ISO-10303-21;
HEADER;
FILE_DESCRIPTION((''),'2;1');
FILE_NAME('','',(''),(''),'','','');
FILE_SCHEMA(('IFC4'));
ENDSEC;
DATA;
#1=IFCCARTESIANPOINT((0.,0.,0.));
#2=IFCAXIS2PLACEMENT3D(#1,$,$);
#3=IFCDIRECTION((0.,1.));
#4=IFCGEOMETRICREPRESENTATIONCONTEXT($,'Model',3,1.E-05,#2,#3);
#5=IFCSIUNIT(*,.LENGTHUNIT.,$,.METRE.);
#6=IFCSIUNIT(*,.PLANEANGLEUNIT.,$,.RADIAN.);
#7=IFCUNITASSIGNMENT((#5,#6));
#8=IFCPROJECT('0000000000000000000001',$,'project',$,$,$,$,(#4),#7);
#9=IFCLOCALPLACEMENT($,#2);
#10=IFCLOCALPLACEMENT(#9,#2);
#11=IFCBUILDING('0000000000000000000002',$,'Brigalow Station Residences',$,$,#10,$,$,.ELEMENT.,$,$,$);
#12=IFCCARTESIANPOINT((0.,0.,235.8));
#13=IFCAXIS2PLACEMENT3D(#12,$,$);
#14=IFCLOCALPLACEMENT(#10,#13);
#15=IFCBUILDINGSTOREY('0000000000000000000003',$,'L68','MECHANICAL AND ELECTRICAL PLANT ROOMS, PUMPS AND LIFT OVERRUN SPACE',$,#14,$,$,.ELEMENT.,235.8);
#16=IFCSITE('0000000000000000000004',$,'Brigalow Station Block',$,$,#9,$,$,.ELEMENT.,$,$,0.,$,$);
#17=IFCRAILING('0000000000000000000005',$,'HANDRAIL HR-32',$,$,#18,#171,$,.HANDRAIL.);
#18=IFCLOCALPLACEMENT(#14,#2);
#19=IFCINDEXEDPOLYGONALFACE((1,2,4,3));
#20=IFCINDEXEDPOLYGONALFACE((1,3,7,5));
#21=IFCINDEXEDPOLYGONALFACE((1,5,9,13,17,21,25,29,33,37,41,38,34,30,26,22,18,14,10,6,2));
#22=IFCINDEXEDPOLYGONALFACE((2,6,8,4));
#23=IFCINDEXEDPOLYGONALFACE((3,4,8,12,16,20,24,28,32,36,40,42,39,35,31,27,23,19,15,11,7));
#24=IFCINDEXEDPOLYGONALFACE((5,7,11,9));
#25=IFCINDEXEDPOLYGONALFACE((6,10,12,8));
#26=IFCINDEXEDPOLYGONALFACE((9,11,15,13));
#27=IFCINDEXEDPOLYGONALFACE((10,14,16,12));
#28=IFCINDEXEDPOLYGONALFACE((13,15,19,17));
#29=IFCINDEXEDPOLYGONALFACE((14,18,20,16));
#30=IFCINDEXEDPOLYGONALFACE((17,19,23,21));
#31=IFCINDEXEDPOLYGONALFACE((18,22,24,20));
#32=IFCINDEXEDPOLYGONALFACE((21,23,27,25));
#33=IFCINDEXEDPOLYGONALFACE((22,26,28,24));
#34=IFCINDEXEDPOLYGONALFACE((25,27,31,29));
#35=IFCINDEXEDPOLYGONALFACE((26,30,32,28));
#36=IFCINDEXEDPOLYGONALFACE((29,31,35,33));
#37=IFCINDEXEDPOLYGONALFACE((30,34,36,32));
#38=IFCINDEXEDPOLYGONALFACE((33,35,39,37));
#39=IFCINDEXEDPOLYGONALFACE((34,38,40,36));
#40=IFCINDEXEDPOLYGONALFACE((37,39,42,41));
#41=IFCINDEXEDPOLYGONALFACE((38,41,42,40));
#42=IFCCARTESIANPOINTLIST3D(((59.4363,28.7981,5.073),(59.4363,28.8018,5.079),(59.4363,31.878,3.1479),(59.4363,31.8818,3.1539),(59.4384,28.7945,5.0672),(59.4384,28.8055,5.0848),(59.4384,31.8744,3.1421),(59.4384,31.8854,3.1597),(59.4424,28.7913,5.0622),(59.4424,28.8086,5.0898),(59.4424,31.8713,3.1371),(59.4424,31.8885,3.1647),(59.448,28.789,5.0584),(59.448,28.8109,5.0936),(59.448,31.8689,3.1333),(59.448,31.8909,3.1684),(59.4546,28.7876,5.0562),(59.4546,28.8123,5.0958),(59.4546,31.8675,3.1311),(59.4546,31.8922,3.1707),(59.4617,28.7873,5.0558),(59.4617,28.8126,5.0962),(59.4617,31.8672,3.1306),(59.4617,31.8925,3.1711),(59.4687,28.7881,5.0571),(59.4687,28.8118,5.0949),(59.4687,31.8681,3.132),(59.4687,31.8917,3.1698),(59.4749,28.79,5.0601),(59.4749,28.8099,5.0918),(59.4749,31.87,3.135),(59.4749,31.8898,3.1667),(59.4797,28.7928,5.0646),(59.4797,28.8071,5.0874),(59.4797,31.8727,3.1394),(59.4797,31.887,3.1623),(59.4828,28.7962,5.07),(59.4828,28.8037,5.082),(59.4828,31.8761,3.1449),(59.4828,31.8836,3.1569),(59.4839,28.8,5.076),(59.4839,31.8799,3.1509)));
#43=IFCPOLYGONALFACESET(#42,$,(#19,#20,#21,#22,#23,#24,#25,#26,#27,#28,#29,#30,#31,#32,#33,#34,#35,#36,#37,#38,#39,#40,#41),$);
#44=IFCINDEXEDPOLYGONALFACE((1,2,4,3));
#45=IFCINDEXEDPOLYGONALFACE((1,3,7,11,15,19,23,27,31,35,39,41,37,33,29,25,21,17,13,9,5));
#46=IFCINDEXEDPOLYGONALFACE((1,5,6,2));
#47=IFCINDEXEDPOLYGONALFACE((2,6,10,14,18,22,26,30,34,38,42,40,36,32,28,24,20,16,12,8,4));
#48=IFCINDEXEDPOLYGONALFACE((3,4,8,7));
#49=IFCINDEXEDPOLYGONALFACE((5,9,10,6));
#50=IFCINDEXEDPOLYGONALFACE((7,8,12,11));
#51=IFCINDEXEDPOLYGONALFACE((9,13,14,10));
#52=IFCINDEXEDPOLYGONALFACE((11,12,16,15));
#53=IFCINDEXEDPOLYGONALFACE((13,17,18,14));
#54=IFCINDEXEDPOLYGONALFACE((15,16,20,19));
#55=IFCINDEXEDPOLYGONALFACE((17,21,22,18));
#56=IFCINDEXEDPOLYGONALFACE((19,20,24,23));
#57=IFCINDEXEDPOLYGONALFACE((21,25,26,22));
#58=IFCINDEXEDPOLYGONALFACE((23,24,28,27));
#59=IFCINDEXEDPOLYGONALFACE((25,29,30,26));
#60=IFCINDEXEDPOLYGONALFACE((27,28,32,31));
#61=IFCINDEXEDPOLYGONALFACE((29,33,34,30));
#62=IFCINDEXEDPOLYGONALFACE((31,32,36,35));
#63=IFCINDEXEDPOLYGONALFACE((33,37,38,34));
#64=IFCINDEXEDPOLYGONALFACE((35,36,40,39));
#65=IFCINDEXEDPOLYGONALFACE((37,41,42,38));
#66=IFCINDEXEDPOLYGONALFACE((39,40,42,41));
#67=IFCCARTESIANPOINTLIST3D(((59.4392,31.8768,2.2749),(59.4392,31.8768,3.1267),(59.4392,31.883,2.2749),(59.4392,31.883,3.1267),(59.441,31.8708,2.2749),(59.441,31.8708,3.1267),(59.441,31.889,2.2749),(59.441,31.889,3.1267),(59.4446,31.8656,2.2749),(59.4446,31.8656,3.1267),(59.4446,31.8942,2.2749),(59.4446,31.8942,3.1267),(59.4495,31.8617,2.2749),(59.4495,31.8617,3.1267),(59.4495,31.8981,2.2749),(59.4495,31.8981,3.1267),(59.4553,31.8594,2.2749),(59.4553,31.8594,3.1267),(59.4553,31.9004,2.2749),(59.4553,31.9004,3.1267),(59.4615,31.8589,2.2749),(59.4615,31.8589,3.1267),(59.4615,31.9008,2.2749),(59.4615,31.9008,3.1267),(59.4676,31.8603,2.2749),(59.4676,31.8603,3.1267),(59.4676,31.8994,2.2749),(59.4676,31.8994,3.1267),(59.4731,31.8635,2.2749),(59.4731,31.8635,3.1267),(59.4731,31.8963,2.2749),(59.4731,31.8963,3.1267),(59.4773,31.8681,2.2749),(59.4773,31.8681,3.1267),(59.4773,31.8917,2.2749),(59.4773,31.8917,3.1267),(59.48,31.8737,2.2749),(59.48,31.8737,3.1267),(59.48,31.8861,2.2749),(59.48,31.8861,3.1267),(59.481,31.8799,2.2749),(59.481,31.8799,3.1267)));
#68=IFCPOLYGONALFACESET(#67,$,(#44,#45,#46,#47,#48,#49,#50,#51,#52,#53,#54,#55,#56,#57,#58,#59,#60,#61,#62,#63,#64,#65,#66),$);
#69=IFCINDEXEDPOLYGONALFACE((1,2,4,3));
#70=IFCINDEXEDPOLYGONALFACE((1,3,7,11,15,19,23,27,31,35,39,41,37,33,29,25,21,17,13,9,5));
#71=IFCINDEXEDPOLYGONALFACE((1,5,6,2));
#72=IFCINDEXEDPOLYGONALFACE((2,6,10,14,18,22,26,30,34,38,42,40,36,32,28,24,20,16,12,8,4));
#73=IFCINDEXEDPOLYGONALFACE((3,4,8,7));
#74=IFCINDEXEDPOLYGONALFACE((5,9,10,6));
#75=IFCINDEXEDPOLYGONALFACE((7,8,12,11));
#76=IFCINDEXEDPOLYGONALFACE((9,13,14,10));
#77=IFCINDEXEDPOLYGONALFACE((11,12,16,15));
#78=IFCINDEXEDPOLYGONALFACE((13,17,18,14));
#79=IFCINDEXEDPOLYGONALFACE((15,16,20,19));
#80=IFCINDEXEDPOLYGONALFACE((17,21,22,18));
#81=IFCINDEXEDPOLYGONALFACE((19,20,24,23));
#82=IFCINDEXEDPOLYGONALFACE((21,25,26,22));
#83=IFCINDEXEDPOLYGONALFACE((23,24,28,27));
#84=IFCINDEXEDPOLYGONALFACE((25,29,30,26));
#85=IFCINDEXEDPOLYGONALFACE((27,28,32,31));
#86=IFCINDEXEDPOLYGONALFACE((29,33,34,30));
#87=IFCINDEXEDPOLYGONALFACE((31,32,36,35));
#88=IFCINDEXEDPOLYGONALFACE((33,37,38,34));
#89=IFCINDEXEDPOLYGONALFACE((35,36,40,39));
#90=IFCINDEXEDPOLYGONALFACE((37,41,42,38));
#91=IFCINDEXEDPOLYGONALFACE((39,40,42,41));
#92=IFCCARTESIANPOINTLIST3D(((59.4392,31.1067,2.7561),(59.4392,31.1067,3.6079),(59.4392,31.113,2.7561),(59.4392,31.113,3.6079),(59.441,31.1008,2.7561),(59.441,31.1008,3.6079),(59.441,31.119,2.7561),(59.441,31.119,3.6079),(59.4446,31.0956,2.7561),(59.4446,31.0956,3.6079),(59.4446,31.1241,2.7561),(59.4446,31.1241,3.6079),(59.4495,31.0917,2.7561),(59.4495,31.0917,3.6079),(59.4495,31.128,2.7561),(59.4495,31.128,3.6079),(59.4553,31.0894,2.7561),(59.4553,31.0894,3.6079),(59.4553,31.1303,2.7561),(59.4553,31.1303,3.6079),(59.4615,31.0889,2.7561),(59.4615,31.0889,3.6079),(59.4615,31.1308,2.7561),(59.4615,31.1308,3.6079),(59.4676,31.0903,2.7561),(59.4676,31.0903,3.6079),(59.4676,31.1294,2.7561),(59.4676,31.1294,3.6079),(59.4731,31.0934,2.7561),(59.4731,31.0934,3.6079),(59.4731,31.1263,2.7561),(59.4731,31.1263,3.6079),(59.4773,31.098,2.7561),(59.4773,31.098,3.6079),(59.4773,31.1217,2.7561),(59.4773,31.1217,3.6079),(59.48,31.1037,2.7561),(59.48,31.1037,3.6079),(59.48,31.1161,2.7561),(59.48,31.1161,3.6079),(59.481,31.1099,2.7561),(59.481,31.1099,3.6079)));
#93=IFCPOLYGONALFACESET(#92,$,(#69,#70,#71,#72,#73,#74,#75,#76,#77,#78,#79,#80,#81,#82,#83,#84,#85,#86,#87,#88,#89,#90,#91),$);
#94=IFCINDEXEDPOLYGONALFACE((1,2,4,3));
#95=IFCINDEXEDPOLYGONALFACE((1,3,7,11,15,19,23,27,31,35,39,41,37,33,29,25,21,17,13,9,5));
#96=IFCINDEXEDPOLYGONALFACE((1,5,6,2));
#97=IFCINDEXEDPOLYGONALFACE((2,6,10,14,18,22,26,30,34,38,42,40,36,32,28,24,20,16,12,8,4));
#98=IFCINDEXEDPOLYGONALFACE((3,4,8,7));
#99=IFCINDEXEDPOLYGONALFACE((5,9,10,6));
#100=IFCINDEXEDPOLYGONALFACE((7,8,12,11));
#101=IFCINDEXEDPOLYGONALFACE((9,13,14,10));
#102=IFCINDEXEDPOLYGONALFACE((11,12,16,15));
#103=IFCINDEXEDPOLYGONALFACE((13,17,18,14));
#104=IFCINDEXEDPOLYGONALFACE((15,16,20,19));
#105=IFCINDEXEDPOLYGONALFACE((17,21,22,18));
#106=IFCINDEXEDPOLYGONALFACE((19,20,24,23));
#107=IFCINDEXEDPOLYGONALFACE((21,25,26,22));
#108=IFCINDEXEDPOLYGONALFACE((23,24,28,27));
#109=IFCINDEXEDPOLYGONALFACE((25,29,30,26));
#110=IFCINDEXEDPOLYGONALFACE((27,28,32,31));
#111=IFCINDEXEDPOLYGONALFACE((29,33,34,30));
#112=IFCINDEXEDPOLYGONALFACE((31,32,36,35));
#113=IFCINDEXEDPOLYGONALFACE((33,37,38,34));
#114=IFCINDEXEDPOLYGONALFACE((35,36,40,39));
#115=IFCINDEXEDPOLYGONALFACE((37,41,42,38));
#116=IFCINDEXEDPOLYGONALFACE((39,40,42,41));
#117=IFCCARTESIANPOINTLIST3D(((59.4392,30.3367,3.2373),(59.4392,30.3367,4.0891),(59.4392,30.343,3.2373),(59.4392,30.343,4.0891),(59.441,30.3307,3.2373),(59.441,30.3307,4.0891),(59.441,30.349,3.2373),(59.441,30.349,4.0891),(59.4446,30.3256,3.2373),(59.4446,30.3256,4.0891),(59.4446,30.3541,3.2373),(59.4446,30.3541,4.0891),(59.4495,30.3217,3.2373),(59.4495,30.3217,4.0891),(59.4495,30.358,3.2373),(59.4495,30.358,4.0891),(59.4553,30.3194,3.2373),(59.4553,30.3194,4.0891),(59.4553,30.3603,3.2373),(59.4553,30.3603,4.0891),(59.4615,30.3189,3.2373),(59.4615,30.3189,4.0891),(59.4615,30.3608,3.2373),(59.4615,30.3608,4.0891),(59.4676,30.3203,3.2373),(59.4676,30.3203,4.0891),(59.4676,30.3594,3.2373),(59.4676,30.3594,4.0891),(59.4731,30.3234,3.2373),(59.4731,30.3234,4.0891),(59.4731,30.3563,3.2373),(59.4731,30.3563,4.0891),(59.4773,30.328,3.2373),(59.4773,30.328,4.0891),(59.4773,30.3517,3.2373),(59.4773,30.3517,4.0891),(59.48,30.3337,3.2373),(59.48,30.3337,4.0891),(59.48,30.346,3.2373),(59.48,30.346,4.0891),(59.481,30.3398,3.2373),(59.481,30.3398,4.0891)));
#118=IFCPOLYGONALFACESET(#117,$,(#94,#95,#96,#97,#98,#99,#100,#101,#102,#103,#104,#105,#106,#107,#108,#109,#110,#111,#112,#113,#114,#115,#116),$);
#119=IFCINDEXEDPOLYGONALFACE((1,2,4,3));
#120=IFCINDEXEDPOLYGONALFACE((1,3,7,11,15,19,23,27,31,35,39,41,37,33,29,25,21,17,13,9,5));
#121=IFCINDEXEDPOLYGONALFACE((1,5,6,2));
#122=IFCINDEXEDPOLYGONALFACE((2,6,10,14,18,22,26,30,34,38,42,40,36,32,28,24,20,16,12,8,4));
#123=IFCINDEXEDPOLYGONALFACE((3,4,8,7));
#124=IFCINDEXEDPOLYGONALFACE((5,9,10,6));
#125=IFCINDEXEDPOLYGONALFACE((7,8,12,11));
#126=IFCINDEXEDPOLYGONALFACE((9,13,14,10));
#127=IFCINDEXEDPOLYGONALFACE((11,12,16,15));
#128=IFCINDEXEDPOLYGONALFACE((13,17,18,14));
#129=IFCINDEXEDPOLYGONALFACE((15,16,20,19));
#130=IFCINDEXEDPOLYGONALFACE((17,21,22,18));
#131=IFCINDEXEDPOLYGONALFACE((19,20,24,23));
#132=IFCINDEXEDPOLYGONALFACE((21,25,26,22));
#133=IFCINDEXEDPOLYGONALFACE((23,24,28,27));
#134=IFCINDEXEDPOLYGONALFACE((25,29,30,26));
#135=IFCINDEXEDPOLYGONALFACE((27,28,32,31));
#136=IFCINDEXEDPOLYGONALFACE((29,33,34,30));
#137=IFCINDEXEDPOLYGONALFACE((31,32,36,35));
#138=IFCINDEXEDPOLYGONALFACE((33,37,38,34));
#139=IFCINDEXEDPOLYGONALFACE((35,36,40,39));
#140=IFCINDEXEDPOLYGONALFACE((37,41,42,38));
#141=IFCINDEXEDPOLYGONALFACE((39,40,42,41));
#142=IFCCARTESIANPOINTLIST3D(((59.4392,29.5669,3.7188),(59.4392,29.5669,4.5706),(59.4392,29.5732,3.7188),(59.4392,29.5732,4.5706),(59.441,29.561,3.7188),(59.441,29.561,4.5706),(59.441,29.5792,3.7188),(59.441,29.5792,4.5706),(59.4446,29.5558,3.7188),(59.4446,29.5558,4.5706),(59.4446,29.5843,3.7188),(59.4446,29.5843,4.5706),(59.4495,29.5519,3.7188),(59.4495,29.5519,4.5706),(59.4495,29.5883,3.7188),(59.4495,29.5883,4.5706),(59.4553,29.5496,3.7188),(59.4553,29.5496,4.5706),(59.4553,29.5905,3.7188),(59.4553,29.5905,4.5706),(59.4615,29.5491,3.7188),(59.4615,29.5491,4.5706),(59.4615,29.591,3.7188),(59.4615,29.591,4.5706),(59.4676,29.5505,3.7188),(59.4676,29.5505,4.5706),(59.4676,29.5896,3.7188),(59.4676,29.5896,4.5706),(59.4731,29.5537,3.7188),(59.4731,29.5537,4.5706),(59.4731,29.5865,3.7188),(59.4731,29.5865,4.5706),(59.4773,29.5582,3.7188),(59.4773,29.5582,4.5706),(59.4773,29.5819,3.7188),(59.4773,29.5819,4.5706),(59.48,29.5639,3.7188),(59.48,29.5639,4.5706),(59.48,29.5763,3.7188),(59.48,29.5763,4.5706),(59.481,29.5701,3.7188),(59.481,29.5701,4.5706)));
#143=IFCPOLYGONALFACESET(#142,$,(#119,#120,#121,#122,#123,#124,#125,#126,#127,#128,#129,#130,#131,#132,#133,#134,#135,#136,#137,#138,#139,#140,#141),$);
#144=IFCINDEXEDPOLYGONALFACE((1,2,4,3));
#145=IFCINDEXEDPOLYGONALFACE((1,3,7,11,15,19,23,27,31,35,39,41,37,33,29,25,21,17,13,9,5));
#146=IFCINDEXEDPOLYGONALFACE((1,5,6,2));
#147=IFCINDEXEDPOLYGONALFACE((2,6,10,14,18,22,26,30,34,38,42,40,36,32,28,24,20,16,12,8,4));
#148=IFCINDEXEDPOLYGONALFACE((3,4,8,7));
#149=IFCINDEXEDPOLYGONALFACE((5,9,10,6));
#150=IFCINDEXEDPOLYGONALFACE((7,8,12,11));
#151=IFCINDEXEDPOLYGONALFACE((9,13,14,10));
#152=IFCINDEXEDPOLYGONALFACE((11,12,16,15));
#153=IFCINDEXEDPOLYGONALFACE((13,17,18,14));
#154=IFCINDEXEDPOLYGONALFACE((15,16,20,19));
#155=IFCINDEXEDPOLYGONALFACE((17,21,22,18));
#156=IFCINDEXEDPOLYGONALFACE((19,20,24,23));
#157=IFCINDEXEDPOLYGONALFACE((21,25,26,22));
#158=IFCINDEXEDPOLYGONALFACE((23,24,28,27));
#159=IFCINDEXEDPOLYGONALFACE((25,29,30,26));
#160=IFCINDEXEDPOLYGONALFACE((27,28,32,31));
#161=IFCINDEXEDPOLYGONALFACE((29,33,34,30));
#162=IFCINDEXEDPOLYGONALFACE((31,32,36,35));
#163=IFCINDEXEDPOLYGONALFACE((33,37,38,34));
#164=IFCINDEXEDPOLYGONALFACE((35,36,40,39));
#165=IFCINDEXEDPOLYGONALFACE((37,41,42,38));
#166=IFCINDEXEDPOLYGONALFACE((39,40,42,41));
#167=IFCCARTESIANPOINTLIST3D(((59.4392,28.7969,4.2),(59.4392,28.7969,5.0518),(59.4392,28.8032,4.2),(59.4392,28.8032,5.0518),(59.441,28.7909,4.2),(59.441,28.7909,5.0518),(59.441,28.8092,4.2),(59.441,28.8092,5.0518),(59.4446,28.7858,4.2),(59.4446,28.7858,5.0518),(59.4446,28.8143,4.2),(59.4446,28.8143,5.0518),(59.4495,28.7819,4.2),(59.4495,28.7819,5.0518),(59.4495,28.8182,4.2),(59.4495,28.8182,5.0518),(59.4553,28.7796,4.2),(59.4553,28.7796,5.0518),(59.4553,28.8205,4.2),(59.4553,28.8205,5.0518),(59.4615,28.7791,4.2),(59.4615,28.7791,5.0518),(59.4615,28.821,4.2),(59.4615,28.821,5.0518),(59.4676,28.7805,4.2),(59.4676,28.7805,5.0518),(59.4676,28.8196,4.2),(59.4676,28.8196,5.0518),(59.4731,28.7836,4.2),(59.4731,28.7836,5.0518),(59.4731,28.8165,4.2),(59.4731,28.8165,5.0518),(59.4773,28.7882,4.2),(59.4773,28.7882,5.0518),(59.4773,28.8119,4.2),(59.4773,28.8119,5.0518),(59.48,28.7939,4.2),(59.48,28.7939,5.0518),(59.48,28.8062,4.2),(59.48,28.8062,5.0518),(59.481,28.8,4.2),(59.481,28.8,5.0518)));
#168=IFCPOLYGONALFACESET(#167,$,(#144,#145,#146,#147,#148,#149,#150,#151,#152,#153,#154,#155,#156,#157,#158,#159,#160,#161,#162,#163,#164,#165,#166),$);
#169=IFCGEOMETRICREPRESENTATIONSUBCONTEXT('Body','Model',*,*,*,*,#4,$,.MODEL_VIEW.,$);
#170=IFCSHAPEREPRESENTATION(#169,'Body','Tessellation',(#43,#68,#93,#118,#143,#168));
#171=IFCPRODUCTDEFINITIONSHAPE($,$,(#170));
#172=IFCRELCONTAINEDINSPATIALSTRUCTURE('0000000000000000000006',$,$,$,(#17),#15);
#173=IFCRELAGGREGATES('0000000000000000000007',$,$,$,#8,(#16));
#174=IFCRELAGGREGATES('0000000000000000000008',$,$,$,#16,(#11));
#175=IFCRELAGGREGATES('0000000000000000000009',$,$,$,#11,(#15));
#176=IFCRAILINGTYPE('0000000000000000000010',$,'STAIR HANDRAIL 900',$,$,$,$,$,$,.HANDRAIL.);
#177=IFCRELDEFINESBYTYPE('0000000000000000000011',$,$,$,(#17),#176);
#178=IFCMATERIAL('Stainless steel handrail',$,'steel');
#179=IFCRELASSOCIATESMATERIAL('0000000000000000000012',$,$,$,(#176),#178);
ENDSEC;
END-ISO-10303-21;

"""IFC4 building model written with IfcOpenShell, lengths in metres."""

from ifc_helpers import new_model, si_unit, direction, frame, origin, origin_2d, place, context, subcontext, project, spatial, circle, extrude, material, type_object, element, save


model = new_model("IFC4")

# Units and contexts
model_context = context("Model", 3, precision=1e-05, world=origin(), true_north=direction((0.0, 1.0)))
body_context = subcontext(model_context, "Body", "Model", "MODEL_VIEW")
ifc_project = project(units=[si_unit("LENGTHUNIT", "METRE"), si_unit("PLANEANGLEUNIT", "RADIAN")], contexts=[model_context])

# Site, building, storey
site_placement = place(None, origin())
site = spatial("IfcSite", under=ifc_project, at=site_placement, Name="Brigalow Station Block", CompositionType="ELEMENT", RefElevation=0.0)
building_placement = place(site_placement, origin())
building = spatial("IfcBuilding", under=site, at=building_placement, Name="Brigalow Station Residences", CompositionType="ELEMENT")
storey_placement = place(building_placement, frame((0.0, 0.0, 235.8)))
storey = spatial("IfcBuildingStorey", under=building, at=storey_placement, Name="L68", Description="MECHANICAL AND ELECTRICAL PLANT ROOMS, PUMPS AND LIFT OVERRUN SPACE", CompositionType="ELEMENT", Elevation=235.8)

# Railing
ifc_material_1 = material(Name="Stainless steel handrail", Category="steel")
railing_type_1 = type_object("IfcRailingType", Name="STAIR HANDRAIL 900", PredefinedType="HANDRAIL", material=ifc_material_1)
railing_1_placement = place(storey_placement, frame((59.46, 31.8799, 2.2749)))
element("IfcRailing", 1, at=railing_1_placement, inside=storey, type_object=railing_type_1, Name="HANDRAIL HR-32", PredefinedType="HANDRAIL", context=body_context, shape_type="SweptSolid", body=[
    extrude(circle(Radius=0.0239, at=origin_2d()), frame((0.0, 0.0, 0.876), z_axis=(0.0, -0.847979, 0.530029), x_axis=(1.0, 0.0, 0.0)), (0.0, 0.0, 1.0), 3.6321),
    extrude(circle(Radius=0.021, at=origin_2d()), origin(), (0.0, 0.0, 1.0), 0.8518),
    extrude(circle(Radius=0.021, at=origin_2d()), frame((0.0, -0.77, 0.4812)), (0.0, 0.0, 1.0), 0.8518),
    extrude(circle(Radius=0.021, at=origin_2d()), frame((0.0, -1.54, 0.9624)), (0.0, 0.0, 1.0), 0.8518),
    extrude(circle(Radius=0.021, at=origin_2d()), frame((0.0, -2.3098, 1.4438)), (0.0, 0.0, 1.0), 0.8518),
    extrude(circle(Radius=0.021, at=origin_2d()), frame((0.0, -3.0798, 1.925)), (0.0, 0.0, 1.0), 0.8518),
])

save(model, "model.ifc")
